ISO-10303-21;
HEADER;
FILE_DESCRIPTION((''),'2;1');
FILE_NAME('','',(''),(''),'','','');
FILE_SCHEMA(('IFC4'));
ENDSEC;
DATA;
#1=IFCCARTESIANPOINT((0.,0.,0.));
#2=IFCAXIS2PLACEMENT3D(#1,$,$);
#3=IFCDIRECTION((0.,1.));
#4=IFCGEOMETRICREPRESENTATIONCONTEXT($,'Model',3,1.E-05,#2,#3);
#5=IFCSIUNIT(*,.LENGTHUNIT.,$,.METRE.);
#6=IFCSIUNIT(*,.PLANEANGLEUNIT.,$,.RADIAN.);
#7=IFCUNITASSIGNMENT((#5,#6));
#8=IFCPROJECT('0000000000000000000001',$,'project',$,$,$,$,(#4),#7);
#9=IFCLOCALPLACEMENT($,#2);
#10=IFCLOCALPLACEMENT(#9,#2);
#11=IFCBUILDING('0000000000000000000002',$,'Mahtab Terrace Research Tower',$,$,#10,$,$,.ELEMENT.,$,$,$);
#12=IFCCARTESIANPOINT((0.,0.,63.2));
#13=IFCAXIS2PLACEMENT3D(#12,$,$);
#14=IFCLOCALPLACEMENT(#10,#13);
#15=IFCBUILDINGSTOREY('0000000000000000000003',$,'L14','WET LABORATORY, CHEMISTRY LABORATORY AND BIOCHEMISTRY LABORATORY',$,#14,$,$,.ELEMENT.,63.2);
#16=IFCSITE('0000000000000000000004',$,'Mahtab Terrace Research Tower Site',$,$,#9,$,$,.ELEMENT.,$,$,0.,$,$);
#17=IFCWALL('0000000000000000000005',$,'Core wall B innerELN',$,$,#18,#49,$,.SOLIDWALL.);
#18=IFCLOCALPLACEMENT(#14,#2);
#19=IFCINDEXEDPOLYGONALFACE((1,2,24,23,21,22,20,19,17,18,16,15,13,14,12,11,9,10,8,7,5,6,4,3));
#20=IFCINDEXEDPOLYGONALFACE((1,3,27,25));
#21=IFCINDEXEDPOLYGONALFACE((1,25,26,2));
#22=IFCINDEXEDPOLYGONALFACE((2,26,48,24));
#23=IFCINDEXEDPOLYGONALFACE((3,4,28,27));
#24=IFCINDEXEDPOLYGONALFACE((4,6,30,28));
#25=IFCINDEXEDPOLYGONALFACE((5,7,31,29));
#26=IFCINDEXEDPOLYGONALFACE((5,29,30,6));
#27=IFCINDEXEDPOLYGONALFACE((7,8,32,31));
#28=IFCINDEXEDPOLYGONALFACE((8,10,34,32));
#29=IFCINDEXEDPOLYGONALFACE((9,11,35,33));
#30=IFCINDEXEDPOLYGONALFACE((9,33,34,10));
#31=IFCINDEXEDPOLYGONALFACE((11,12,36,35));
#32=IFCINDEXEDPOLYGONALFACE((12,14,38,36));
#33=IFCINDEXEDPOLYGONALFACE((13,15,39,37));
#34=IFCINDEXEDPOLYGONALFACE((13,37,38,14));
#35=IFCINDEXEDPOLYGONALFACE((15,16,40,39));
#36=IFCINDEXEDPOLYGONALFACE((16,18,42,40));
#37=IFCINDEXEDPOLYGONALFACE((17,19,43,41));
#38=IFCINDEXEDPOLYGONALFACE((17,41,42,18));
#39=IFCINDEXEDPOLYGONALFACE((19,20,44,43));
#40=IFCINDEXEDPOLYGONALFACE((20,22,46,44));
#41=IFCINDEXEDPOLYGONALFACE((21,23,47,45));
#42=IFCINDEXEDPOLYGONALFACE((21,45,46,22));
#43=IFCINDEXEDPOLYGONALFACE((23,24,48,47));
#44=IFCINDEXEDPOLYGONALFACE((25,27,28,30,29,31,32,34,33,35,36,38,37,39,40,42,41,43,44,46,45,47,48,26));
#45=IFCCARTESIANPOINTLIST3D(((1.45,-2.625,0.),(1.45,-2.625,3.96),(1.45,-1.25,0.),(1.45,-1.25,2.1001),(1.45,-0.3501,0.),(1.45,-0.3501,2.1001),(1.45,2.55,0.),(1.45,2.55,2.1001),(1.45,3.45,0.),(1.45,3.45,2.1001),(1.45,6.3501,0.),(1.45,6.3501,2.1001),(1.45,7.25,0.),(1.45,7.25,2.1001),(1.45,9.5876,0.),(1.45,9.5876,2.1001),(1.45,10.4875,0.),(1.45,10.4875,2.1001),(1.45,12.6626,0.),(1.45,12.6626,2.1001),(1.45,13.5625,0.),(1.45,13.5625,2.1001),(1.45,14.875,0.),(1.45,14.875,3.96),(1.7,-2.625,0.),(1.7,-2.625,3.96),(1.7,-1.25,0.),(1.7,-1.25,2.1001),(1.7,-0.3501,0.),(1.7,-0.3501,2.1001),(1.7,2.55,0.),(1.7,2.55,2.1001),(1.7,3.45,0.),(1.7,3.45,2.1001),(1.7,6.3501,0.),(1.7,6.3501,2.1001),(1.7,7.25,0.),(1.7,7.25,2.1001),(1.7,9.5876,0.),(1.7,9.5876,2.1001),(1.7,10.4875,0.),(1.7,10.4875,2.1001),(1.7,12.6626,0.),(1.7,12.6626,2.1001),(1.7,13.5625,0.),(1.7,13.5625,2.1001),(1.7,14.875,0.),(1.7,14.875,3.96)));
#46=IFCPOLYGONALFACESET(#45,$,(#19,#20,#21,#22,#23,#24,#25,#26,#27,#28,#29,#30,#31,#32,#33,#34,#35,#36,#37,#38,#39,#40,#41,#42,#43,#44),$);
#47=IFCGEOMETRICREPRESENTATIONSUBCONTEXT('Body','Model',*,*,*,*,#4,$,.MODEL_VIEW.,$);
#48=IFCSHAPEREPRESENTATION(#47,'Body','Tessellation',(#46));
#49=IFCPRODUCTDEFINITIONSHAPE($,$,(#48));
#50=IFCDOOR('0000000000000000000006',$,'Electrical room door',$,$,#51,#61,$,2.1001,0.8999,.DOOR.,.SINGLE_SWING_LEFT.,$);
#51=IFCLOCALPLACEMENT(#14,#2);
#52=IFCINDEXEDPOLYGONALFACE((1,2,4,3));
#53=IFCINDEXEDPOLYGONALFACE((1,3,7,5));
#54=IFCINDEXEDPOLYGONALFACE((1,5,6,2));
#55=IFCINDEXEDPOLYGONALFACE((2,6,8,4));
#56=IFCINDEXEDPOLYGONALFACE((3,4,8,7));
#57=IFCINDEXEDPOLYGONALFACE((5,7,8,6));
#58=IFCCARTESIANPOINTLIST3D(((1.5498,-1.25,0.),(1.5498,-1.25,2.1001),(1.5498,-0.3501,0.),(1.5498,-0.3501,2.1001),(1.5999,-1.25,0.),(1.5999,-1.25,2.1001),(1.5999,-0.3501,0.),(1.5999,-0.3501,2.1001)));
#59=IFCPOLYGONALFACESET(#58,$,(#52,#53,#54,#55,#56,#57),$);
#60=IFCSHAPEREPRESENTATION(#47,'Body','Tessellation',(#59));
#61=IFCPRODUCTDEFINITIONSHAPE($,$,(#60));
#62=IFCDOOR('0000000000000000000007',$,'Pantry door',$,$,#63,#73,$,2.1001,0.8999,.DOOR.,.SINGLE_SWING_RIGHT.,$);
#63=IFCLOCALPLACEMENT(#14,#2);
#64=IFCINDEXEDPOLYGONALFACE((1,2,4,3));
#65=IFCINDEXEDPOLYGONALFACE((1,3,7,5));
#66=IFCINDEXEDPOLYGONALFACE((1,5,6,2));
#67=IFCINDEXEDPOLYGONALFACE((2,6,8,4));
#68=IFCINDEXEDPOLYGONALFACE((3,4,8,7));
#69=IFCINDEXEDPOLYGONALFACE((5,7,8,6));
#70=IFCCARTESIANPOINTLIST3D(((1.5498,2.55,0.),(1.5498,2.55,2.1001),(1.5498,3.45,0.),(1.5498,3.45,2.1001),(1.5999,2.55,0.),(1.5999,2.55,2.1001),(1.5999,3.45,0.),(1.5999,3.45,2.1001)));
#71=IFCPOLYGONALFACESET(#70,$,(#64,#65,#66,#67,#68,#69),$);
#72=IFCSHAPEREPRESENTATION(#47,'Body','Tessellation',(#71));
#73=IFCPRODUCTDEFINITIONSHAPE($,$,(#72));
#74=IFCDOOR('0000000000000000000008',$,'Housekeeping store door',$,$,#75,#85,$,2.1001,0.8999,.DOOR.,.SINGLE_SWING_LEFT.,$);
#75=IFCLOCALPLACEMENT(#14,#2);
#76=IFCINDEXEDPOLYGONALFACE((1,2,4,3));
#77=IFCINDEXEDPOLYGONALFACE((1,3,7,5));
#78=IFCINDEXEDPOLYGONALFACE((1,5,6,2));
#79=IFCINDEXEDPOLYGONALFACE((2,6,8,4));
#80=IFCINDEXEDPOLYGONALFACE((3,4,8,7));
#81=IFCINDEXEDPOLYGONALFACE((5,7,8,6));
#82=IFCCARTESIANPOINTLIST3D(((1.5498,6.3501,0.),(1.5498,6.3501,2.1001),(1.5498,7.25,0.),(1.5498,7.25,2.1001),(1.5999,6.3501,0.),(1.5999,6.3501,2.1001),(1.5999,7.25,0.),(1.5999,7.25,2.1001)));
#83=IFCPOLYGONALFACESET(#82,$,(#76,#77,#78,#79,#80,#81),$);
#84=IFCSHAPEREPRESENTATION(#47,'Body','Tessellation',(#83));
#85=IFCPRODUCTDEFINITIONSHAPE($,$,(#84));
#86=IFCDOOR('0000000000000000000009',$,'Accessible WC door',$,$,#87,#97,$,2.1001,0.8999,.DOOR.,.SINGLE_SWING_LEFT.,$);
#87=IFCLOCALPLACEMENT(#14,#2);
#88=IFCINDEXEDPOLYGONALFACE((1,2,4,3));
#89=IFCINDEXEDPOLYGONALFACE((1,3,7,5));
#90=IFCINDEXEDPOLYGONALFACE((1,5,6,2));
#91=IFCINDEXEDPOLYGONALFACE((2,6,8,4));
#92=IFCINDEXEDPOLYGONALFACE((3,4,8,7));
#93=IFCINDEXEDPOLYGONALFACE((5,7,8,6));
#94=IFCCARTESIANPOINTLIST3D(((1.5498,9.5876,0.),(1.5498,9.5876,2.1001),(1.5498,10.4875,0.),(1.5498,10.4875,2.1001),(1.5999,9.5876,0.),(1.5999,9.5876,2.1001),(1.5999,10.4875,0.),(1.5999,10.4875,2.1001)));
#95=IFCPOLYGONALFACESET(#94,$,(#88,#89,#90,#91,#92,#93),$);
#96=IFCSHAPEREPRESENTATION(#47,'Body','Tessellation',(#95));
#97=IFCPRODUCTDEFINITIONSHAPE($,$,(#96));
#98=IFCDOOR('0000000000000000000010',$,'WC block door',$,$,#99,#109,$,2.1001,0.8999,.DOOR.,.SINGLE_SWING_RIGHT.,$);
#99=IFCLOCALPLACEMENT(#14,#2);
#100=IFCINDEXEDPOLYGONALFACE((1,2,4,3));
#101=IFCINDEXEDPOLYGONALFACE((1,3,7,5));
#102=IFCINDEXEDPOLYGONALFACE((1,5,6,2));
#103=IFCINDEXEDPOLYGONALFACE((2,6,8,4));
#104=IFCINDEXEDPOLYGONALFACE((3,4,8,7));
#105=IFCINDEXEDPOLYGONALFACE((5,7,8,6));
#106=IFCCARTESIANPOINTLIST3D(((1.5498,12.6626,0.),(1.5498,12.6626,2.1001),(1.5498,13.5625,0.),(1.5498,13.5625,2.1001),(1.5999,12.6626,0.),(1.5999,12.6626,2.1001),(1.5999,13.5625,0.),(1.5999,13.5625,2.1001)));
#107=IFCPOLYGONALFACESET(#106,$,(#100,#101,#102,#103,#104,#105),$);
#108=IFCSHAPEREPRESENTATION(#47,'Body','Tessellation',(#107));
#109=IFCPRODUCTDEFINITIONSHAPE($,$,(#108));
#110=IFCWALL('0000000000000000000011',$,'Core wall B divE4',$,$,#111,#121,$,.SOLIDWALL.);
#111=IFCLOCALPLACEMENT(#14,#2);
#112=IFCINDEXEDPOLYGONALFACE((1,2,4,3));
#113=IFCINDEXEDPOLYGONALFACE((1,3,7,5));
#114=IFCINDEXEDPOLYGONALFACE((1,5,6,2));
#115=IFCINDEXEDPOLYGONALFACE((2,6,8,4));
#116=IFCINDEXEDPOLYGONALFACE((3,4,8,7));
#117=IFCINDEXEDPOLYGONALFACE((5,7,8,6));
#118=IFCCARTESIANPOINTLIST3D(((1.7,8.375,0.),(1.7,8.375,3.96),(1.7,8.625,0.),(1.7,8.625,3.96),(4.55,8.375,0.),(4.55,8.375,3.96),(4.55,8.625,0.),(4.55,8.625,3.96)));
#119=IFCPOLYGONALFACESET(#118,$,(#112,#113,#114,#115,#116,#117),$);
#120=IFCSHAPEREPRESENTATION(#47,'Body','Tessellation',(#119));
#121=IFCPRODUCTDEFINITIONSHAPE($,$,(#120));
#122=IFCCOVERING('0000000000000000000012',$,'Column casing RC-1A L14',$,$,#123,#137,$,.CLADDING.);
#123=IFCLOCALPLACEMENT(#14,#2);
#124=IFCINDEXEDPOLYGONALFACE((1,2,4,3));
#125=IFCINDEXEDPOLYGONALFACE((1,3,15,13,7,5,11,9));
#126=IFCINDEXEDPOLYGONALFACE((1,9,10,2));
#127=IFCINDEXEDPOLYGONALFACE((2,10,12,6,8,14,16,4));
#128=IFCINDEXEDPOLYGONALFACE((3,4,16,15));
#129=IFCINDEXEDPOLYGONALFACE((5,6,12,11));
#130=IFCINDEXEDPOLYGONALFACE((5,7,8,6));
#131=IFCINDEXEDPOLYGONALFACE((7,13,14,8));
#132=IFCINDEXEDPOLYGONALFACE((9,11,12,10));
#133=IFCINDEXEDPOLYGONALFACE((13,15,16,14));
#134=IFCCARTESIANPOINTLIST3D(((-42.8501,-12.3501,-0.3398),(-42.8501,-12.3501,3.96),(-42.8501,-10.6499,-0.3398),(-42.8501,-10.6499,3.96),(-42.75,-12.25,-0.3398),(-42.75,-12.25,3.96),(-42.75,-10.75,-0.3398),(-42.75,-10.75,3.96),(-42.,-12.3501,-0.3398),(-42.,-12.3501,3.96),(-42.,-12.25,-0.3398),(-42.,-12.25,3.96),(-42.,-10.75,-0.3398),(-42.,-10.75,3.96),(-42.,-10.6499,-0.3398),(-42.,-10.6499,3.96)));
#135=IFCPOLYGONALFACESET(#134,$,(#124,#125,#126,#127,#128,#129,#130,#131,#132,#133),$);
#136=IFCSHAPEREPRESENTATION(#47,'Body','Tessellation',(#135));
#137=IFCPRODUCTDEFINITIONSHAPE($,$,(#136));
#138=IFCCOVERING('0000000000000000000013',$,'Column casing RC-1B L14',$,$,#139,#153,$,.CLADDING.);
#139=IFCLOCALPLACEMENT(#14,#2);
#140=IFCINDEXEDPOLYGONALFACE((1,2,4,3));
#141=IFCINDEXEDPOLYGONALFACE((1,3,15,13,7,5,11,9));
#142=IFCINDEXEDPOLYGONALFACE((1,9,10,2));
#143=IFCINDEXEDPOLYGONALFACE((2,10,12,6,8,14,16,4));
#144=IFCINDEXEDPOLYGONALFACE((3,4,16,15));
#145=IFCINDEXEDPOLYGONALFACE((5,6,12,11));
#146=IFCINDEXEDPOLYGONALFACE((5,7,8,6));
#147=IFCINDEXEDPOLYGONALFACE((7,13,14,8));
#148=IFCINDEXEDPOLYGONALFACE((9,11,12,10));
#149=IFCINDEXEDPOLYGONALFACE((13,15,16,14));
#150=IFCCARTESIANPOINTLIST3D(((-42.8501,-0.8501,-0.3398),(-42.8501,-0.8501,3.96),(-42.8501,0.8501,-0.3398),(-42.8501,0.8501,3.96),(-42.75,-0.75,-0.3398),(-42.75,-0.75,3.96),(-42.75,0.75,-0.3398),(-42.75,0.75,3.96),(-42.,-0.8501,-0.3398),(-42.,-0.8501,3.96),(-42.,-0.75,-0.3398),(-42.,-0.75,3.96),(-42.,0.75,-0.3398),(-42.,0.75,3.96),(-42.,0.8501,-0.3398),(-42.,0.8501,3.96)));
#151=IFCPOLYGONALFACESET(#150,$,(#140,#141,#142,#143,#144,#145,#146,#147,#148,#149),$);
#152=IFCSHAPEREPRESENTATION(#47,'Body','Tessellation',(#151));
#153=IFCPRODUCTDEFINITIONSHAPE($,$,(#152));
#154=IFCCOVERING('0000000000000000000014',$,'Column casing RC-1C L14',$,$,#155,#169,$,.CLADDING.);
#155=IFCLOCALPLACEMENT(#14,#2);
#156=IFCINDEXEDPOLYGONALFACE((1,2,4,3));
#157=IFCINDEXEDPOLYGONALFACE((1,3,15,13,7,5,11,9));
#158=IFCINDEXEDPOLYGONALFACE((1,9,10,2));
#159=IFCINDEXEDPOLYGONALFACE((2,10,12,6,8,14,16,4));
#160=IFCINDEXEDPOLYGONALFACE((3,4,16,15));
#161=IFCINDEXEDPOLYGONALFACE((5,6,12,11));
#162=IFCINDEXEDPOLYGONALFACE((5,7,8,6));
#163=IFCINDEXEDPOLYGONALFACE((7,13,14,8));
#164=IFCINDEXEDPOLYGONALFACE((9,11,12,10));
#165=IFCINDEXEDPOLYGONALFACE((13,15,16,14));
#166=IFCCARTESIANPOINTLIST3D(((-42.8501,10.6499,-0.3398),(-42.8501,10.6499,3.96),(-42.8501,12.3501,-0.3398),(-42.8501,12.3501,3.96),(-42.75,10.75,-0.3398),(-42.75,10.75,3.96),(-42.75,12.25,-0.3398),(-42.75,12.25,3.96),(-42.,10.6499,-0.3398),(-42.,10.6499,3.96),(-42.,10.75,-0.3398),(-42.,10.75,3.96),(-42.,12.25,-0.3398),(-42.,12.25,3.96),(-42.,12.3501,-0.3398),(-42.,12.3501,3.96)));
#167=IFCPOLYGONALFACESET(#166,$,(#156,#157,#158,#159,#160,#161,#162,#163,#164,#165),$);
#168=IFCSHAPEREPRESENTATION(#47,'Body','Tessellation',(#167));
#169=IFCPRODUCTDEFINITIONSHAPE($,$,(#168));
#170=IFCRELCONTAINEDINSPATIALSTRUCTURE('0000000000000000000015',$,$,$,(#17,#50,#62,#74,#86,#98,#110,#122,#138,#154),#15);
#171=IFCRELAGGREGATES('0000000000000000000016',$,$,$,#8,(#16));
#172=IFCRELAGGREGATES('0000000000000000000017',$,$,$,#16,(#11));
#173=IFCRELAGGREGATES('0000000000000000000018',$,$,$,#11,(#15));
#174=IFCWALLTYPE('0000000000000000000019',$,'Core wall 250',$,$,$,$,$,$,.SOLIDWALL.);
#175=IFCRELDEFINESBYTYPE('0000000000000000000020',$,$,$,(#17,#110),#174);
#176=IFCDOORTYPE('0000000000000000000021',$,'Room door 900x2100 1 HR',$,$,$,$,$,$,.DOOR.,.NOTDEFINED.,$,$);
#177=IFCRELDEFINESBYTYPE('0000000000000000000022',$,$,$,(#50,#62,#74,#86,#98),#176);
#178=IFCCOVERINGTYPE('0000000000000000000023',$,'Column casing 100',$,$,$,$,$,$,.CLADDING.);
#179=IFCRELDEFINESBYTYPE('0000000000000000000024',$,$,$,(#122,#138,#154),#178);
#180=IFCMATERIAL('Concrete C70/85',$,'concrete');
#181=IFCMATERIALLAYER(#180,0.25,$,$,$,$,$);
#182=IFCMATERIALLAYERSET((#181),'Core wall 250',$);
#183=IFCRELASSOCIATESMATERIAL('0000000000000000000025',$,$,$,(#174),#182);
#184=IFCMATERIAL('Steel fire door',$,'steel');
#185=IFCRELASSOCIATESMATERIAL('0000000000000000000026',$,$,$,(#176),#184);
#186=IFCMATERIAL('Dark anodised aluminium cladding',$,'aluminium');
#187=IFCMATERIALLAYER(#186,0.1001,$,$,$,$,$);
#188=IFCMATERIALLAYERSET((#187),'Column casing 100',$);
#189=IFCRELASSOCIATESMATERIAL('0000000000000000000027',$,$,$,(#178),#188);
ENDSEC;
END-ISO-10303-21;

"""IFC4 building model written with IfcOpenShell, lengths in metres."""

from ifc_helpers import new_model, si_unit, direction, frame, frame_2d, origin, place, context, subcontext, project, spatial, polyline, rectangle, outline, extrude, material, layer, layer_set, type_object, element, fill, save


model = new_model("IFC4")

# Units and contexts
model_context = context("Model", 3, precision=1e-05, world=origin(), true_north=direction((0.0, 1.0)))
body_context = subcontext(model_context, "Body", "Model", "MODEL_VIEW")
ifc_project = project(units=[si_unit("LENGTHUNIT", "METRE"), si_unit("PLANEANGLEUNIT", "RADIAN")], contexts=[model_context])

# Site, building, storey
site_placement = place(None, origin())
site = spatial("IfcSite", under=ifc_project, at=site_placement, Name="Mahtab Terrace Research Tower Site", CompositionType="ELEMENT", RefElevation=0.0)
building_placement = place(site_placement, origin())
building = spatial("IfcBuilding", under=site, at=building_placement, Name="Mahtab Terrace Research Tower", CompositionType="ELEMENT")
storey_placement = place(building_placement, frame((0.0, 0.0, 63.2)))
storey = spatial("IfcBuildingStorey", under=building, at=storey_placement, Name="L14", Description="WET LABORATORY, CHEMISTRY LABORATORY AND BIOCHEMISTRY LABORATORY", CompositionType="ELEMENT", Elevation=63.2)

# Shared definitions
ifc_material_1 = material(Name="Concrete C70/85", Category="concrete")

# Wall, openings, doors
ifc_layer_1 = layer(ifc_material_1, 0.25)
ifc_layer_set_1 = layer_set([ifc_layer_1], Name="Core wall 250")
wall_type_1 = type_object("IfcWallType", Name="Core wall 250", PredefinedType="SOLIDWALL", material=ifc_layer_set_1)
wall_1_placement = place(storey_placement, frame((1.575, 14.875, 0.0), z_axis=(0.0, 0.0, 1.0), x_axis=(0.0, -1.0, 0.0)))
wall_1 = element("IfcWall", 1, at=wall_1_placement, inside=storey, type_object=wall_type_1, Name="Core wall B innerELN", PredefinedType="SOLIDWALL", context=body_context, shape_type="SweptSolid", body=[
    extrude(rectangle(XDim=17.5, YDim=0.25, at=frame_2d((8.75, 0.0))), origin(), (0.0, 0.0, 1.0), 3.96),
])
opening_1_placement = place(wall_1_placement, frame((15.2251, 0.0, 0.0)))
opening_1 = element("IfcOpeningElement", 2, at=opening_1_placement, cuts=wall_1, PredefinedType="OPENING", context=body_context, shape_type="SweptSolid", body=[
    extrude(rectangle(XDim=0.8999, YDim=2.1001, at=frame_2d((0.45, 1.05))), frame((0.0, 0.135, 0.0), z_axis=(0.0, -1.0, 0.0), x_axis=(1.0, 0.0, 0.0)), (0.0, 0.0, 1.0), 0.27),
])
opening_2_placement = place(wall_1_placement, frame((11.425, 0.0, 0.0)))
opening_2 = element("IfcOpeningElement", 3, at=opening_2_placement, cuts=wall_1, PredefinedType="OPENING", context=body_context, shape_type="SweptSolid", body=[
    extrude(rectangle(XDim=0.8999, YDim=2.1001, at=frame_2d((0.45, 1.05))), frame((0.0, 0.135, 0.0), z_axis=(0.0, -1.0, 0.0), x_axis=(1.0, 0.0, 0.0)), (0.0, 0.0, 1.0), 0.27),
])
opening_3_placement = place(wall_1_placement, frame((7.625, 0.0, 0.0)))
opening_3 = element("IfcOpeningElement", 4, at=opening_3_placement, cuts=wall_1, PredefinedType="OPENING", context=body_context, shape_type="SweptSolid", body=[
    extrude(rectangle(XDim=0.8999, YDim=2.1001, at=frame_2d((0.45, 1.05))), frame((0.0, 0.135, 0.0), z_axis=(0.0, -1.0, 0.0), x_axis=(1.0, 0.0, 0.0)), (0.0, 0.0, 1.0), 0.27),
])
opening_4_placement = place(wall_1_placement, frame((4.3875, 0.0, 0.0)))
opening_4 = element("IfcOpeningElement", 5, at=opening_4_placement, cuts=wall_1, PredefinedType="OPENING", context=body_context, shape_type="SweptSolid", body=[
    extrude(rectangle(XDim=0.8999, YDim=2.1001, at=frame_2d((0.45, 1.05))), frame((0.0, 0.135, 0.0), z_axis=(0.0, -1.0, 0.0), x_axis=(1.0, 0.0, 0.0)), (0.0, 0.0, 1.0), 0.27),
])
opening_5_placement = place(wall_1_placement, frame((1.3125, 0.0, 0.0)))
opening_5 = element("IfcOpeningElement", 6, at=opening_5_placement, cuts=wall_1, PredefinedType="OPENING", context=body_context, shape_type="SweptSolid", body=[
    extrude(rectangle(XDim=0.8999, YDim=2.1001, at=frame_2d((0.45, 1.05))), frame((0.0, 0.135, 0.0), z_axis=(0.0, -1.0, 0.0), x_axis=(1.0, 0.0, 0.0)), (0.0, 0.0, 1.0), 0.27),
])
ifc_material_2 = material(Name="Steel fire door", Category="steel")
door_type = type_object("IfcDoorType", Name="Room door 900x2100 1 HR", OperationType="NOTDEFINED", PredefinedType="DOOR", material=ifc_material_2)
door_1_placement = place(opening_1_placement, origin())
door_1 = element("IfcDoor", 7, at=door_1_placement, inside=storey, type_object=door_type, Name="Electrical room door", OperationType="SINGLE_SWING_LEFT", OverallHeight=2.1001, OverallWidth=0.8999, PredefinedType="DOOR", context=body_context, shape_type="SweptSolid", body=[
    extrude(rectangle(XDim=0.8999, YDim=2.1001, at=frame_2d((0.45, 1.05))), frame((0.0, 0.0249, 0.0), z_axis=(0.0, -1.0, 0.0), x_axis=(1.0, 0.0, 0.0)), (0.0, 0.0, 1.0), 0.05),
])
fill(opening_1, door_1)
door_2_placement = place(opening_2_placement, origin())
door_2 = element("IfcDoor", 8, at=door_2_placement, inside=storey, type_object=door_type, Name="Pantry door", OperationType="SINGLE_SWING_RIGHT", OverallHeight=2.1001, OverallWidth=0.8999, PredefinedType="DOOR", context=body_context, shape_type="SweptSolid", body=[
    extrude(rectangle(XDim=0.8999, YDim=2.1001, at=frame_2d((0.45, 1.05))), frame((0.0, 0.0249, 0.0), z_axis=(0.0, -1.0, 0.0), x_axis=(1.0, 0.0, 0.0)), (0.0, 0.0, 1.0), 0.05),
])
fill(opening_2, door_2)
door_3_placement = place(opening_3_placement, origin())
door_3 = element("IfcDoor", 9, at=door_3_placement, inside=storey, type_object=door_type, Name="Housekeeping store door", OperationType="SINGLE_SWING_LEFT", OverallHeight=2.1001, OverallWidth=0.8999, PredefinedType="DOOR", context=body_context, shape_type="SweptSolid", body=[
    extrude(rectangle(XDim=0.8999, YDim=2.1001, at=frame_2d((0.45, 1.05))), frame((0.0, 0.0249, 0.0), z_axis=(0.0, -1.0, 0.0), x_axis=(1.0, 0.0, 0.0)), (0.0, 0.0, 1.0), 0.05),
])
fill(opening_3, door_3)
door_4_placement = place(opening_4_placement, origin())
door_4 = element("IfcDoor", 10, at=door_4_placement, inside=storey, type_object=door_type, Name="Accessible WC door", OperationType="SINGLE_SWING_LEFT", OverallHeight=2.1001, OverallWidth=0.8999, PredefinedType="DOOR", context=body_context, shape_type="SweptSolid", body=[
    extrude(rectangle(XDim=0.8999, YDim=2.1001, at=frame_2d((0.45, 1.05))), frame((0.0, 0.0249, 0.0), z_axis=(0.0, -1.0, 0.0), x_axis=(1.0, 0.0, 0.0)), (0.0, 0.0, 1.0), 0.05),
])
fill(opening_4, door_4)
door_5_placement = place(opening_5_placement, origin())
door_5 = element("IfcDoor", 11, at=door_5_placement, inside=storey, type_object=door_type, Name="WC block door", OperationType="SINGLE_SWING_RIGHT", OverallHeight=2.1001, OverallWidth=0.8999, PredefinedType="DOOR", context=body_context, shape_type="SweptSolid", body=[
    extrude(rectangle(XDim=0.8999, YDim=2.1001, at=frame_2d((0.45, 1.05))), frame((0.0, 0.0249, 0.0), z_axis=(0.0, -1.0, 0.0), x_axis=(1.0, 0.0, 0.0)), (0.0, 0.0, 1.0), 0.05),
])
fill(opening_5, door_5)

# Wall
wall_2_placement = place(storey_placement, frame((1.7, 8.5, 0.0), z_axis=(0.0, 0.0, 1.0), x_axis=(1.0, 0.0, 0.0)))
element("IfcWall", 12, at=wall_2_placement, inside=storey, type_object=wall_type_1, Name="Core wall B divE4", PredefinedType="SOLIDWALL", context=body_context, shape_type="SweptSolid", body=[
    extrude(rectangle(XDim=2.8501, YDim=0.25, at=frame_2d((1.425, 0.0))), origin(), (0.0, 0.0, 1.0), 3.96),
])

# Coverings
ifc_material_3 = material(Name="Dark anodised aluminium cladding", Category="aluminium")
ifc_layer_2 = layer(ifc_material_3, 0.1001)
ifc_layer_set_2 = layer_set([ifc_layer_2], Name="Column casing 100")
covering_type_1 = type_object("IfcCoveringType", Name="Column casing 100", PredefinedType="CLADDING", material=ifc_layer_set_2)
covering_1_placement = place(storey_placement, frame((0.0, 0.0, -0.3398)))
element("IfcCovering", 13, at=covering_1_placement, inside=storey, type_object=covering_type_1, Name="Column casing RC-1A L14", PredefinedType="CLADDING", context=body_context, shape_type="SweptSolid", body=[
    extrude(outline(polyline([(-42.8501, -10.6499), (-42.0, -10.6499), (-42.0, -10.75), (-42.75, -10.75), (-42.75, -12.25), (-42.0, -12.25), (-42.0, -12.3501), (-42.8501, -12.3501), (-42.8501, -10.6499)])), origin(), (0.0, 0.0, 1.0), 4.2998),
])
covering_2_placement = place(storey_placement, frame((0.0, 0.0, -0.3398)))
element("IfcCovering", 14, at=covering_2_placement, inside=storey, type_object=covering_type_1, Name="Column casing RC-1B L14", PredefinedType="CLADDING", context=body_context, shape_type="SweptSolid", body=[
    extrude(outline(polyline([(-42.8501, 0.8501), (-42.0, 0.8501), (-42.0, 0.75), (-42.75, 0.75), (-42.75, -0.75), (-42.0, -0.75), (-42.0, -0.8501), (-42.8501, -0.8501), (-42.8501, 0.8501)])), origin(), (0.0, 0.0, 1.0), 4.2998),
])
covering_3_placement = place(storey_placement, frame((0.0, 0.0, -0.3398)))
element("IfcCovering", 15, at=covering_3_placement, inside=storey, type_object=covering_type_1, Name="Column casing RC-1C L14", PredefinedType="CLADDING", context=body_context, shape_type="SweptSolid", body=[
    extrude(outline(polyline([(-42.8501, 12.3501), (-42.0, 12.3501), (-42.0, 12.25), (-42.75, 12.25), (-42.75, 10.75), (-42.0, 10.75), (-42.0, 10.6499), (-42.8501, 10.6499), (-42.8501, 12.3501)])), origin(), (0.0, 0.0, 1.0), 4.2998),
])

save(model, "model.ifc")
